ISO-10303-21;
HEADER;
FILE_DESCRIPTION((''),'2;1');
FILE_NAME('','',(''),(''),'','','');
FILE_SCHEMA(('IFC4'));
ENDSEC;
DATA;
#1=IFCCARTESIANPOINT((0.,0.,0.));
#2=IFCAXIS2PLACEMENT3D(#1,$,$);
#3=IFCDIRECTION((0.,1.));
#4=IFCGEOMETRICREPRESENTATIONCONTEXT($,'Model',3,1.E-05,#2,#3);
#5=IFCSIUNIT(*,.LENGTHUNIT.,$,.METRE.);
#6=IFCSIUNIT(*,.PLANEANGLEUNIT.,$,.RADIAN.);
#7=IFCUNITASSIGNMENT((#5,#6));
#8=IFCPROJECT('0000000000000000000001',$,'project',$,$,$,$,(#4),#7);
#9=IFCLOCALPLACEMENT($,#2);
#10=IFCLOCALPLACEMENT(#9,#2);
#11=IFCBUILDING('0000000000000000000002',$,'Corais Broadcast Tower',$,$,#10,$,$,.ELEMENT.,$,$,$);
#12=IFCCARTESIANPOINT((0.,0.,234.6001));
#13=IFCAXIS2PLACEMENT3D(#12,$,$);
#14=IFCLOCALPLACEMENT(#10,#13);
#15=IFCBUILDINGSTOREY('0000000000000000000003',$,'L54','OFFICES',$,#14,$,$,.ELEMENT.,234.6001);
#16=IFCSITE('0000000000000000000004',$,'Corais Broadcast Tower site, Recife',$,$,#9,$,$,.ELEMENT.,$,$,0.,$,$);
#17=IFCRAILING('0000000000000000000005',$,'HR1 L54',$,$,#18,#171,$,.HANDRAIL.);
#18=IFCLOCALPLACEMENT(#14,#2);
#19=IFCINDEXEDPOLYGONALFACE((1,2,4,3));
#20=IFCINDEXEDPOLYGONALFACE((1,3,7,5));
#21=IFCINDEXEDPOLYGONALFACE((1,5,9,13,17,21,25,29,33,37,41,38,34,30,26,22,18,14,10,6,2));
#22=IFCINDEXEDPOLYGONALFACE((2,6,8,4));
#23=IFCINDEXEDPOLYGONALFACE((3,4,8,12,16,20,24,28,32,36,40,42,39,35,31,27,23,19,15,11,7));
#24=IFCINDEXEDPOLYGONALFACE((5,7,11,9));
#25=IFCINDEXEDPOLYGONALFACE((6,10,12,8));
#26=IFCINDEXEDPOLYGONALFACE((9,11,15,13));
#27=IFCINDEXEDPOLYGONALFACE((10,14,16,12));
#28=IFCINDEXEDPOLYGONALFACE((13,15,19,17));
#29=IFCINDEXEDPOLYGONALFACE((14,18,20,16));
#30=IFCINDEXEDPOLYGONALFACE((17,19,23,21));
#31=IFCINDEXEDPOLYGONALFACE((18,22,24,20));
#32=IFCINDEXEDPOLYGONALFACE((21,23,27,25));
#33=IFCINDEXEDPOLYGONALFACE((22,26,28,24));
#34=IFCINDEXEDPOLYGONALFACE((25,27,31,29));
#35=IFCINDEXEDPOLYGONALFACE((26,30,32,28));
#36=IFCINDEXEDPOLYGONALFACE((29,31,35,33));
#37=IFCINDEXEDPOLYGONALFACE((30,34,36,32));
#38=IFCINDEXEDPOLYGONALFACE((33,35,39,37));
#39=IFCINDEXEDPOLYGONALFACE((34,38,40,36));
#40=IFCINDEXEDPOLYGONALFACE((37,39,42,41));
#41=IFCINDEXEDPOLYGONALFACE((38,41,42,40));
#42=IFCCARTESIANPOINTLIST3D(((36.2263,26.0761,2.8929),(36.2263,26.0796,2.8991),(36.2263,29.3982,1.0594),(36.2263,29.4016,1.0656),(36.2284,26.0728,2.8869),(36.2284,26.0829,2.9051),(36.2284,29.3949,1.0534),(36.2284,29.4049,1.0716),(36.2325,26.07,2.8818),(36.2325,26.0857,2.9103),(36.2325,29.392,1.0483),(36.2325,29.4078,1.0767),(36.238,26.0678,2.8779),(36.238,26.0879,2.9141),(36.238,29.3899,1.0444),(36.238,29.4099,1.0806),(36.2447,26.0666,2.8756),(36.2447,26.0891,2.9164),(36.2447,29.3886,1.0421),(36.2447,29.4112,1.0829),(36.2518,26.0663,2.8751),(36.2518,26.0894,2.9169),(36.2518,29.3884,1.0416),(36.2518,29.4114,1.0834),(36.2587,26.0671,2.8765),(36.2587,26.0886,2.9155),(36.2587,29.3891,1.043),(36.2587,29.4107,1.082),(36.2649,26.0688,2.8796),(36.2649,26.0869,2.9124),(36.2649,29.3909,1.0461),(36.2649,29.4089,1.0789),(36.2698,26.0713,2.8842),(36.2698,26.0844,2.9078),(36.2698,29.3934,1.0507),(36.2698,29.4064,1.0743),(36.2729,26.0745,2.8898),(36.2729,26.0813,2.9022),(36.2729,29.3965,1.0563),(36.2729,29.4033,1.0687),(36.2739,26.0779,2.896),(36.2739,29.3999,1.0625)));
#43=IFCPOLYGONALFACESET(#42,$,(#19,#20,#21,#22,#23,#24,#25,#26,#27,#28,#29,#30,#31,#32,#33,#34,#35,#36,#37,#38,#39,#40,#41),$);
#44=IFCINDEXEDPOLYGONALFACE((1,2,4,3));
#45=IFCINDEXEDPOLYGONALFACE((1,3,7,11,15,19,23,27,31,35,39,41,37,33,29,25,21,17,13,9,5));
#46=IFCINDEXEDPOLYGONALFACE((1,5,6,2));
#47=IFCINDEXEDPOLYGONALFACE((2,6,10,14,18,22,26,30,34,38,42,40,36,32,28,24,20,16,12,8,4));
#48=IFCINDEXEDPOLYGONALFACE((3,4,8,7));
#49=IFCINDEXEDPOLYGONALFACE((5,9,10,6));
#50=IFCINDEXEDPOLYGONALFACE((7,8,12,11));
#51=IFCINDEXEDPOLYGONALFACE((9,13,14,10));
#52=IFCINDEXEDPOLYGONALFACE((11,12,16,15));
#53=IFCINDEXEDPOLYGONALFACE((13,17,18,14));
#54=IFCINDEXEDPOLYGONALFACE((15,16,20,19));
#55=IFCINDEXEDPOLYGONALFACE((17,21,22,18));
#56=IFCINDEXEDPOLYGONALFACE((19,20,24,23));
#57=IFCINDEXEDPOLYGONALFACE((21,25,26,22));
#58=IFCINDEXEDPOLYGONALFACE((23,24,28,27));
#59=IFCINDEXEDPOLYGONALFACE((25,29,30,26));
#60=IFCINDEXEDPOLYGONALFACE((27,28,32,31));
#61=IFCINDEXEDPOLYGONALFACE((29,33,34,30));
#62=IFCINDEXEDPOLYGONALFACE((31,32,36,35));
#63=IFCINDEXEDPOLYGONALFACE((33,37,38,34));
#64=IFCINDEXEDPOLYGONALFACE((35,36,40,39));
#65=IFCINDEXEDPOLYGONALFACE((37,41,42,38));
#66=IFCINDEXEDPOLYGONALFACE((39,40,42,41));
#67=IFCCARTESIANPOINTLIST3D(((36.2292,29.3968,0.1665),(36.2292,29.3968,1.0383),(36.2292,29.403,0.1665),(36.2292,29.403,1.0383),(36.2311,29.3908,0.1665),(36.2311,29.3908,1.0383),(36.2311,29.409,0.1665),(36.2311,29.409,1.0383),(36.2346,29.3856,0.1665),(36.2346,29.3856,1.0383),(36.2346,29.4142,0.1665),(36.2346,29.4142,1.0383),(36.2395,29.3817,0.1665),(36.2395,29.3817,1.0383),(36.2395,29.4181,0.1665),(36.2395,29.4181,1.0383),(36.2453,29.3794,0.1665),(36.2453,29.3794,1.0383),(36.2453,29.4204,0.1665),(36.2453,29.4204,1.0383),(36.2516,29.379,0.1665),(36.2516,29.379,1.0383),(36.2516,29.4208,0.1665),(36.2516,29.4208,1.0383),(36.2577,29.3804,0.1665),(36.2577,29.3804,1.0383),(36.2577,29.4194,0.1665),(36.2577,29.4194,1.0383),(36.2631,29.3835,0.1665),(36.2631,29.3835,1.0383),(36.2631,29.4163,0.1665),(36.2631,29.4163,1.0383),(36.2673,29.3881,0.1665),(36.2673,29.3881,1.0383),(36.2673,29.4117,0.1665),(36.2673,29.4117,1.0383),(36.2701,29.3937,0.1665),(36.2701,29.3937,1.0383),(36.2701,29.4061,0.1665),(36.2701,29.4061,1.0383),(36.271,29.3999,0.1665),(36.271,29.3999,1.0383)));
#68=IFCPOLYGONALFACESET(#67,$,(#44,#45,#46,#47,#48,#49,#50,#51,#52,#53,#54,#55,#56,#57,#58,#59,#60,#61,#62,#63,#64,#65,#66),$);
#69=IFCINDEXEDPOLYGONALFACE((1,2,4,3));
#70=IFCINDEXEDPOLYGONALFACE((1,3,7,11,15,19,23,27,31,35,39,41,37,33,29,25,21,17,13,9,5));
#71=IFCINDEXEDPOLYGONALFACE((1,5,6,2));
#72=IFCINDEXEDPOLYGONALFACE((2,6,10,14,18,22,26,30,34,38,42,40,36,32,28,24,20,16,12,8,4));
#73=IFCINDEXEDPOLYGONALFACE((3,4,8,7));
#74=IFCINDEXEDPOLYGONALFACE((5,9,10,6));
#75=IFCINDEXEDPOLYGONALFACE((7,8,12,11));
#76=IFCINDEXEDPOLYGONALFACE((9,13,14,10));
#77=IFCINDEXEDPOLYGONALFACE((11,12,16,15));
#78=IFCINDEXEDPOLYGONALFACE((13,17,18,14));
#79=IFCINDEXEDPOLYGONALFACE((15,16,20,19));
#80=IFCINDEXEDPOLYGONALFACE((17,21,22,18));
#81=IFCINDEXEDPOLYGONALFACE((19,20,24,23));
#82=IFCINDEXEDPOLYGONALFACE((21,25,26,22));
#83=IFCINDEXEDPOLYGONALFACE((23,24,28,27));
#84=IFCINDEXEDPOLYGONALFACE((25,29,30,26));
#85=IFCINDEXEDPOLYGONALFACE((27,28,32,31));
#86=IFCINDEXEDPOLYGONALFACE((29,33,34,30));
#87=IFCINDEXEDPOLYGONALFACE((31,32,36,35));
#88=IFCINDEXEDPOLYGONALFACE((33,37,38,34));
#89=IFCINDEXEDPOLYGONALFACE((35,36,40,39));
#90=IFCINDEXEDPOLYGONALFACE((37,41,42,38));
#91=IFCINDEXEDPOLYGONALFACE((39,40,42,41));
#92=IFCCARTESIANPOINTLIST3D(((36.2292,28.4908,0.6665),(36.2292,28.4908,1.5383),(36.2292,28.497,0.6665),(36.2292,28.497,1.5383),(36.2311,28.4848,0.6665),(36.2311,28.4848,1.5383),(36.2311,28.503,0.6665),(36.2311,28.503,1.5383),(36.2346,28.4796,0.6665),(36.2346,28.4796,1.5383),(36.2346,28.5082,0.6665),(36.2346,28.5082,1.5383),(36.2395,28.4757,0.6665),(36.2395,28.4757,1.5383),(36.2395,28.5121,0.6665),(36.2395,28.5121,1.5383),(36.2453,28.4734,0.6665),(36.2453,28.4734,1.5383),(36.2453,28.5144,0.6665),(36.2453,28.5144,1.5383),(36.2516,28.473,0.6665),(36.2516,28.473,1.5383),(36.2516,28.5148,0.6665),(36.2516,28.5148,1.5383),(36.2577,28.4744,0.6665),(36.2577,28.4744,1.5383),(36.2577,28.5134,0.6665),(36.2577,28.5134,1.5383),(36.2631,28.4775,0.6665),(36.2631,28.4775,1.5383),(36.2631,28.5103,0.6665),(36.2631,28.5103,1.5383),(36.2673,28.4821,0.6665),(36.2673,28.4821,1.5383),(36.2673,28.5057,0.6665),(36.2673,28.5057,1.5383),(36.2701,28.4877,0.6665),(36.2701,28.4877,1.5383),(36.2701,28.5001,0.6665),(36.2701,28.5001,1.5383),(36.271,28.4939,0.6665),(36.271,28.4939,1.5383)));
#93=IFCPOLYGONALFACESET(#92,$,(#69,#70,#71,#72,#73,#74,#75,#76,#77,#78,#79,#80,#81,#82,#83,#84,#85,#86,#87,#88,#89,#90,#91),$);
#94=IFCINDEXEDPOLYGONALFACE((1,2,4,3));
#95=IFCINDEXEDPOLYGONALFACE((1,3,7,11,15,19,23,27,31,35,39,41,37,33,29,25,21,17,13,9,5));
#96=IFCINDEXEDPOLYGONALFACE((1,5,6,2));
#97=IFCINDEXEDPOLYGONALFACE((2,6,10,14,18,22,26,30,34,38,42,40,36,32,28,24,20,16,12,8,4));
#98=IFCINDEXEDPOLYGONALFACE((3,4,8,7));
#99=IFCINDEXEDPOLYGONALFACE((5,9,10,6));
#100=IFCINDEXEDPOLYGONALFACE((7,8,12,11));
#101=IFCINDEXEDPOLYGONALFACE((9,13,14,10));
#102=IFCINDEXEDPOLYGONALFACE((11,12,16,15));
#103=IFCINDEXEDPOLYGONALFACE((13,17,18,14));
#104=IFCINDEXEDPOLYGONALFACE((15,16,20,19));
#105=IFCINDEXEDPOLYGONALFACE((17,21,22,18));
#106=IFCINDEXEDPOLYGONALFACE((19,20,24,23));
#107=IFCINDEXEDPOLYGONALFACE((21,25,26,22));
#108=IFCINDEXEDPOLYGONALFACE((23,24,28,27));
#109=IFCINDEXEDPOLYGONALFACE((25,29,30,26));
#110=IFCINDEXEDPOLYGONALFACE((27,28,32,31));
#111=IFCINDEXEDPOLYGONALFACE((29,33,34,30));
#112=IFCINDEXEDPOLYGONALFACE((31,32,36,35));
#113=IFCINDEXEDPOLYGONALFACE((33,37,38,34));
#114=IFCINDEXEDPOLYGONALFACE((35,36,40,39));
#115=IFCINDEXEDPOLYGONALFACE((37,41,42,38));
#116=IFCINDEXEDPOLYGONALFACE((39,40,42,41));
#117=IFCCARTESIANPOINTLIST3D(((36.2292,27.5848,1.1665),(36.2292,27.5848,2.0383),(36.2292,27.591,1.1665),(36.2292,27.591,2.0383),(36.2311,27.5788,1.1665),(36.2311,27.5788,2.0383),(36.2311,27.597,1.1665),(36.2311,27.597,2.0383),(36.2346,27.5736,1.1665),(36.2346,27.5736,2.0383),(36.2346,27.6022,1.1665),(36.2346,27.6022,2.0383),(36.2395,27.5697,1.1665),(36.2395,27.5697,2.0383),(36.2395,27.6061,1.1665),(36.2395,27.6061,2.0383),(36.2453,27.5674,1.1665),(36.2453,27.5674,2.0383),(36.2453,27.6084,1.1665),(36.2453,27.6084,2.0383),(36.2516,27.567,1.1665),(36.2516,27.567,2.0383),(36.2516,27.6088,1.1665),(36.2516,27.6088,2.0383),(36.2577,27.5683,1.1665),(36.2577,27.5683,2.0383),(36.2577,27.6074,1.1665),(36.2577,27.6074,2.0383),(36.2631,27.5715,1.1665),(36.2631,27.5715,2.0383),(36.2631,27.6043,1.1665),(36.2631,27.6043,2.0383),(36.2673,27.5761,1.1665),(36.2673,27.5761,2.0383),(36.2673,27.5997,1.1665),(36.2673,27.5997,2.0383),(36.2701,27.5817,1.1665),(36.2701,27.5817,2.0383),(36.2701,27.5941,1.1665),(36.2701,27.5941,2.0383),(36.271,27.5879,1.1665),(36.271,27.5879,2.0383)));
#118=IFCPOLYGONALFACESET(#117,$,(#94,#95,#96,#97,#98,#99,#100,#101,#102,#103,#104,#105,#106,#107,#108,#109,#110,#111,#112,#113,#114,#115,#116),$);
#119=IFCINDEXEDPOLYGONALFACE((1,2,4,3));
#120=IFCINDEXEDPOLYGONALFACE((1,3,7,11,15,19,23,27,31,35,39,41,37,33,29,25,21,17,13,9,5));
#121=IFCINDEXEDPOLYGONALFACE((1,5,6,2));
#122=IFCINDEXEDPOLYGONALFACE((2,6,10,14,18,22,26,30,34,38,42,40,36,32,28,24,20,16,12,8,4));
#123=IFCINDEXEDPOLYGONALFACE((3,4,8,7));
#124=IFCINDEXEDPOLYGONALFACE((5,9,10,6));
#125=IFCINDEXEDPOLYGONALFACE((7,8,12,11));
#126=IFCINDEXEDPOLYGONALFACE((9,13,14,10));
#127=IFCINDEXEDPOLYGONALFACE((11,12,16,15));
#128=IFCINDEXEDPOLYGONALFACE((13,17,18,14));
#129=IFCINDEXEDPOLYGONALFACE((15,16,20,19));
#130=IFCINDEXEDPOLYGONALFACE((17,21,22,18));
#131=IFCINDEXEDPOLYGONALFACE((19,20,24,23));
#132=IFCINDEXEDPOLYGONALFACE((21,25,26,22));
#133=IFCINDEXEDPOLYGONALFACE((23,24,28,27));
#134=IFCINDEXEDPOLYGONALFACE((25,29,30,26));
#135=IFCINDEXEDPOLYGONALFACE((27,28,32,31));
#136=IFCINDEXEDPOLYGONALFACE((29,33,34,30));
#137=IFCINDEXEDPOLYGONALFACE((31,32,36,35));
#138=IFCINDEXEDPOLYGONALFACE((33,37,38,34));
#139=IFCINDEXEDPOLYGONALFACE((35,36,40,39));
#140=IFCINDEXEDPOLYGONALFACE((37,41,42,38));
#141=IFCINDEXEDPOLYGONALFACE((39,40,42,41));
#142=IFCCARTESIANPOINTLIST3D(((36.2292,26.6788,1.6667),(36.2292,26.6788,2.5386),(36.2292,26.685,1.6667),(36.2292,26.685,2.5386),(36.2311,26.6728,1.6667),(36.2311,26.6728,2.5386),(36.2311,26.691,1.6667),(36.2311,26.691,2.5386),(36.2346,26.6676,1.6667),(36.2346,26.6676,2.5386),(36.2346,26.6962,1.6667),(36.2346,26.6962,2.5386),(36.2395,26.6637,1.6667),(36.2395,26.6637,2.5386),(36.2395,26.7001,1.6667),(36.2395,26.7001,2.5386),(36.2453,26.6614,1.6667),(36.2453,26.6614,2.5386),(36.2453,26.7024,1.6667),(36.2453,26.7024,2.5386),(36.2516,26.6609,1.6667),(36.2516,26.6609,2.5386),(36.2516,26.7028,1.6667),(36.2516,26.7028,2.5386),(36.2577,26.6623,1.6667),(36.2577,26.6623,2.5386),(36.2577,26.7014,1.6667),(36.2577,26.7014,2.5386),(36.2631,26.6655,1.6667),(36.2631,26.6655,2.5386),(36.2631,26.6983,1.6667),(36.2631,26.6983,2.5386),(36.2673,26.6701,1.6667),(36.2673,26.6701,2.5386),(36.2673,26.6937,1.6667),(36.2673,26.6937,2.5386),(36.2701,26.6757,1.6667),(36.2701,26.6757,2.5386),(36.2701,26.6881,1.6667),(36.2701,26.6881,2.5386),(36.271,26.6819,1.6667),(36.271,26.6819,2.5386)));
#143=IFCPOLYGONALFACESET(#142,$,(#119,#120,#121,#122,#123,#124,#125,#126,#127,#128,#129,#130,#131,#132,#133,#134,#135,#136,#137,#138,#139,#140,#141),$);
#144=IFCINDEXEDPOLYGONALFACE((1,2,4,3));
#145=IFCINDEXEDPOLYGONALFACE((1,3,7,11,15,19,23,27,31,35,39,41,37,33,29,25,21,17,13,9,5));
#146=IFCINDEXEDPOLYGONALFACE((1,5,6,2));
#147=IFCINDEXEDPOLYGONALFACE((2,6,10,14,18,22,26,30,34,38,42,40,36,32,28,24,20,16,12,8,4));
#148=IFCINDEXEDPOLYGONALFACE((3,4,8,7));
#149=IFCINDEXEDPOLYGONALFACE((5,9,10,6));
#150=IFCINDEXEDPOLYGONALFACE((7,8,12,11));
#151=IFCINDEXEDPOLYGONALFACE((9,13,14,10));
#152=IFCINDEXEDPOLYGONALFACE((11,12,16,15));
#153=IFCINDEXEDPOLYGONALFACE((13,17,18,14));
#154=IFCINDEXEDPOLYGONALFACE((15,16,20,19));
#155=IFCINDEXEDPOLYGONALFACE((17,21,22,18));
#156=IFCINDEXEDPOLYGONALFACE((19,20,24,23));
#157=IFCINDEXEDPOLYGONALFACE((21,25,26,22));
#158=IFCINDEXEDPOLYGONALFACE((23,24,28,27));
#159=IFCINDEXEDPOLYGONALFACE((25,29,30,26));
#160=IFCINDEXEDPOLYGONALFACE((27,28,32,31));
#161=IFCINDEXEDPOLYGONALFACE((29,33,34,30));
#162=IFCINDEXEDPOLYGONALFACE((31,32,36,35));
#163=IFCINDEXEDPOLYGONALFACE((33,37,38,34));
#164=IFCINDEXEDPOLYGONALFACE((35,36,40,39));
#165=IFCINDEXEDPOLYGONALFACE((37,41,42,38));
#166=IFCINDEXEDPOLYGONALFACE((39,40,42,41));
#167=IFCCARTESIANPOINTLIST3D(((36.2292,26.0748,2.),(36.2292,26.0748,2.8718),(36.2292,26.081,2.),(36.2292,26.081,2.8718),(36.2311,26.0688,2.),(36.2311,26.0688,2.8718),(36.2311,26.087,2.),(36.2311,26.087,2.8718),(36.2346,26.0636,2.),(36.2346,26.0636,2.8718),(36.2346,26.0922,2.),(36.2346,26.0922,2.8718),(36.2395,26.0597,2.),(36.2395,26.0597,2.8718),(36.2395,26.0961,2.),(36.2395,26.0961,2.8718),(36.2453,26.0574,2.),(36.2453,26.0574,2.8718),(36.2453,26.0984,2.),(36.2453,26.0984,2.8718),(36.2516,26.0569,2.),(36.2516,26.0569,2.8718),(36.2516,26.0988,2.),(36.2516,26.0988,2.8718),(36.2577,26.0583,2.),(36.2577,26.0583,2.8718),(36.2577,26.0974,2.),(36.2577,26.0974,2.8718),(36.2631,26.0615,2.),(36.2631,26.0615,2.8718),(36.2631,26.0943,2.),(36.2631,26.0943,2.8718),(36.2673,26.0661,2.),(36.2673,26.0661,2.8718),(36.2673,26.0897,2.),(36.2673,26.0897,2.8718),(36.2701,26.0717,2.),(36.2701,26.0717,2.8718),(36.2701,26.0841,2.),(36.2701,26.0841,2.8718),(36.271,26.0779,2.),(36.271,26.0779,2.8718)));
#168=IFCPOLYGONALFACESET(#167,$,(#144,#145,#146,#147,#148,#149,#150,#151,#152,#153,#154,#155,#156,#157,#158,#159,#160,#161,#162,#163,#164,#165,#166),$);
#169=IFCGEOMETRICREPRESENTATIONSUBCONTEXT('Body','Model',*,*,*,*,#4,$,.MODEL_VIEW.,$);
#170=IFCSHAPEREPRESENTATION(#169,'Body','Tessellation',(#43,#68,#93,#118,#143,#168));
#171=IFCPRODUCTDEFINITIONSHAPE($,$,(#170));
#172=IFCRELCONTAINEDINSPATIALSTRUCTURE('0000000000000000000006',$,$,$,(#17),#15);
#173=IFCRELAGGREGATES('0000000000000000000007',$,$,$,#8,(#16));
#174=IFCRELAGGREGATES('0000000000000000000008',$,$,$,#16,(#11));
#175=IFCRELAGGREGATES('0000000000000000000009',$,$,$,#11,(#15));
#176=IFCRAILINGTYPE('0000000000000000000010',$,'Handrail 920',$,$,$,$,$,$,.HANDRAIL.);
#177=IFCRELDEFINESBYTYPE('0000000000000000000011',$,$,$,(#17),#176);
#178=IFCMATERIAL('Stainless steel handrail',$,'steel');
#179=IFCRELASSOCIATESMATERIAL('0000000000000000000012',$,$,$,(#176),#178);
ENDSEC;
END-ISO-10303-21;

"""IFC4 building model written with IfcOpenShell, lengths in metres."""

from ifc_helpers import new_model, si_unit, direction, frame, origin, origin_2d, place, context, subcontext, project, spatial, circle, extrude, material, type_object, element, save


model = new_model("IFC4")

# Units and contexts
model_context = context("Model", 3, precision=1e-05, world=origin(), true_north=direction((0.0, 1.0)))
body_context = subcontext(model_context, "Body", "Model", "MODEL_VIEW")
ifc_project = project(units=[si_unit("LENGTHUNIT", "METRE"), si_unit("PLANEANGLEUNIT", "RADIAN")], contexts=[model_context])

# Site, building, storey
site_placement = place(None, origin())
site = spatial("IfcSite", under=ifc_project, at=site_placement, Name="Corais Broadcast Tower site, Recife", CompositionType="ELEMENT", RefElevation=0.0)
building_placement = place(site_placement, origin())
building = spatial("IfcBuilding", under=site, at=building_placement, Name="Corais Broadcast Tower", CompositionType="ELEMENT")
storey_placement = place(building_placement, frame((0.0, 0.0, 234.6001)))
storey = spatial("IfcBuildingStorey", under=building, at=storey_placement, Name="L54", Description="OFFICES", CompositionType="ELEMENT", Elevation=234.6001)

# Railing
ifc_material_1 = material(Name="Stainless steel handrail", Category="steel")
railing_type = type_object("IfcRailingType", Name="Handrail 920", PredefinedType="HANDRAIL", material=ifc_material_1)
for number, where, name in (
    (1, (36.25, 29.3999, 0.1665), "HR1 L54"),
):
    element("IfcRailing", number, at=place(storey_placement, frame(where)), inside=storey, type_object=railing_type, Name=name, PredefinedType="HANDRAIL", context=body_context, shape_type="SweptSolid", body=[
        extrude(circle(Radius=0.0239, at=origin_2d()), frame((0.0, 0.0, 0.896), z_axis=(0.0, -0.875504, 0.48321), x_axis=(1.0, 0.0, 0.0)), (0.0, 0.0, 1.0), 3.7944),
        extrude(circle(Radius=0.021, at=origin_2d()), origin(), (0.0, 0.0, 1.0), 0.8718),
        extrude(circle(Radius=0.021, at=origin_2d()), frame((0.0, -0.906, 0.5)), (0.0, 0.0, 1.0), 0.8718),
        extrude(circle(Radius=0.021, at=origin_2d()), frame((0.0, -1.812, 1.0)), (0.0, 0.0, 1.0), 0.8718),
        extrude(circle(Radius=0.021, at=origin_2d()), frame((0.0, -2.718, 1.5002)), (0.0, 0.0, 1.0), 0.8718),
        extrude(circle(Radius=0.021, at=origin_2d()), frame((0.0, -3.322, 1.8335)), (0.0, 0.0, 1.0), 0.8718),
    ])

save(model, "model.ifc")
